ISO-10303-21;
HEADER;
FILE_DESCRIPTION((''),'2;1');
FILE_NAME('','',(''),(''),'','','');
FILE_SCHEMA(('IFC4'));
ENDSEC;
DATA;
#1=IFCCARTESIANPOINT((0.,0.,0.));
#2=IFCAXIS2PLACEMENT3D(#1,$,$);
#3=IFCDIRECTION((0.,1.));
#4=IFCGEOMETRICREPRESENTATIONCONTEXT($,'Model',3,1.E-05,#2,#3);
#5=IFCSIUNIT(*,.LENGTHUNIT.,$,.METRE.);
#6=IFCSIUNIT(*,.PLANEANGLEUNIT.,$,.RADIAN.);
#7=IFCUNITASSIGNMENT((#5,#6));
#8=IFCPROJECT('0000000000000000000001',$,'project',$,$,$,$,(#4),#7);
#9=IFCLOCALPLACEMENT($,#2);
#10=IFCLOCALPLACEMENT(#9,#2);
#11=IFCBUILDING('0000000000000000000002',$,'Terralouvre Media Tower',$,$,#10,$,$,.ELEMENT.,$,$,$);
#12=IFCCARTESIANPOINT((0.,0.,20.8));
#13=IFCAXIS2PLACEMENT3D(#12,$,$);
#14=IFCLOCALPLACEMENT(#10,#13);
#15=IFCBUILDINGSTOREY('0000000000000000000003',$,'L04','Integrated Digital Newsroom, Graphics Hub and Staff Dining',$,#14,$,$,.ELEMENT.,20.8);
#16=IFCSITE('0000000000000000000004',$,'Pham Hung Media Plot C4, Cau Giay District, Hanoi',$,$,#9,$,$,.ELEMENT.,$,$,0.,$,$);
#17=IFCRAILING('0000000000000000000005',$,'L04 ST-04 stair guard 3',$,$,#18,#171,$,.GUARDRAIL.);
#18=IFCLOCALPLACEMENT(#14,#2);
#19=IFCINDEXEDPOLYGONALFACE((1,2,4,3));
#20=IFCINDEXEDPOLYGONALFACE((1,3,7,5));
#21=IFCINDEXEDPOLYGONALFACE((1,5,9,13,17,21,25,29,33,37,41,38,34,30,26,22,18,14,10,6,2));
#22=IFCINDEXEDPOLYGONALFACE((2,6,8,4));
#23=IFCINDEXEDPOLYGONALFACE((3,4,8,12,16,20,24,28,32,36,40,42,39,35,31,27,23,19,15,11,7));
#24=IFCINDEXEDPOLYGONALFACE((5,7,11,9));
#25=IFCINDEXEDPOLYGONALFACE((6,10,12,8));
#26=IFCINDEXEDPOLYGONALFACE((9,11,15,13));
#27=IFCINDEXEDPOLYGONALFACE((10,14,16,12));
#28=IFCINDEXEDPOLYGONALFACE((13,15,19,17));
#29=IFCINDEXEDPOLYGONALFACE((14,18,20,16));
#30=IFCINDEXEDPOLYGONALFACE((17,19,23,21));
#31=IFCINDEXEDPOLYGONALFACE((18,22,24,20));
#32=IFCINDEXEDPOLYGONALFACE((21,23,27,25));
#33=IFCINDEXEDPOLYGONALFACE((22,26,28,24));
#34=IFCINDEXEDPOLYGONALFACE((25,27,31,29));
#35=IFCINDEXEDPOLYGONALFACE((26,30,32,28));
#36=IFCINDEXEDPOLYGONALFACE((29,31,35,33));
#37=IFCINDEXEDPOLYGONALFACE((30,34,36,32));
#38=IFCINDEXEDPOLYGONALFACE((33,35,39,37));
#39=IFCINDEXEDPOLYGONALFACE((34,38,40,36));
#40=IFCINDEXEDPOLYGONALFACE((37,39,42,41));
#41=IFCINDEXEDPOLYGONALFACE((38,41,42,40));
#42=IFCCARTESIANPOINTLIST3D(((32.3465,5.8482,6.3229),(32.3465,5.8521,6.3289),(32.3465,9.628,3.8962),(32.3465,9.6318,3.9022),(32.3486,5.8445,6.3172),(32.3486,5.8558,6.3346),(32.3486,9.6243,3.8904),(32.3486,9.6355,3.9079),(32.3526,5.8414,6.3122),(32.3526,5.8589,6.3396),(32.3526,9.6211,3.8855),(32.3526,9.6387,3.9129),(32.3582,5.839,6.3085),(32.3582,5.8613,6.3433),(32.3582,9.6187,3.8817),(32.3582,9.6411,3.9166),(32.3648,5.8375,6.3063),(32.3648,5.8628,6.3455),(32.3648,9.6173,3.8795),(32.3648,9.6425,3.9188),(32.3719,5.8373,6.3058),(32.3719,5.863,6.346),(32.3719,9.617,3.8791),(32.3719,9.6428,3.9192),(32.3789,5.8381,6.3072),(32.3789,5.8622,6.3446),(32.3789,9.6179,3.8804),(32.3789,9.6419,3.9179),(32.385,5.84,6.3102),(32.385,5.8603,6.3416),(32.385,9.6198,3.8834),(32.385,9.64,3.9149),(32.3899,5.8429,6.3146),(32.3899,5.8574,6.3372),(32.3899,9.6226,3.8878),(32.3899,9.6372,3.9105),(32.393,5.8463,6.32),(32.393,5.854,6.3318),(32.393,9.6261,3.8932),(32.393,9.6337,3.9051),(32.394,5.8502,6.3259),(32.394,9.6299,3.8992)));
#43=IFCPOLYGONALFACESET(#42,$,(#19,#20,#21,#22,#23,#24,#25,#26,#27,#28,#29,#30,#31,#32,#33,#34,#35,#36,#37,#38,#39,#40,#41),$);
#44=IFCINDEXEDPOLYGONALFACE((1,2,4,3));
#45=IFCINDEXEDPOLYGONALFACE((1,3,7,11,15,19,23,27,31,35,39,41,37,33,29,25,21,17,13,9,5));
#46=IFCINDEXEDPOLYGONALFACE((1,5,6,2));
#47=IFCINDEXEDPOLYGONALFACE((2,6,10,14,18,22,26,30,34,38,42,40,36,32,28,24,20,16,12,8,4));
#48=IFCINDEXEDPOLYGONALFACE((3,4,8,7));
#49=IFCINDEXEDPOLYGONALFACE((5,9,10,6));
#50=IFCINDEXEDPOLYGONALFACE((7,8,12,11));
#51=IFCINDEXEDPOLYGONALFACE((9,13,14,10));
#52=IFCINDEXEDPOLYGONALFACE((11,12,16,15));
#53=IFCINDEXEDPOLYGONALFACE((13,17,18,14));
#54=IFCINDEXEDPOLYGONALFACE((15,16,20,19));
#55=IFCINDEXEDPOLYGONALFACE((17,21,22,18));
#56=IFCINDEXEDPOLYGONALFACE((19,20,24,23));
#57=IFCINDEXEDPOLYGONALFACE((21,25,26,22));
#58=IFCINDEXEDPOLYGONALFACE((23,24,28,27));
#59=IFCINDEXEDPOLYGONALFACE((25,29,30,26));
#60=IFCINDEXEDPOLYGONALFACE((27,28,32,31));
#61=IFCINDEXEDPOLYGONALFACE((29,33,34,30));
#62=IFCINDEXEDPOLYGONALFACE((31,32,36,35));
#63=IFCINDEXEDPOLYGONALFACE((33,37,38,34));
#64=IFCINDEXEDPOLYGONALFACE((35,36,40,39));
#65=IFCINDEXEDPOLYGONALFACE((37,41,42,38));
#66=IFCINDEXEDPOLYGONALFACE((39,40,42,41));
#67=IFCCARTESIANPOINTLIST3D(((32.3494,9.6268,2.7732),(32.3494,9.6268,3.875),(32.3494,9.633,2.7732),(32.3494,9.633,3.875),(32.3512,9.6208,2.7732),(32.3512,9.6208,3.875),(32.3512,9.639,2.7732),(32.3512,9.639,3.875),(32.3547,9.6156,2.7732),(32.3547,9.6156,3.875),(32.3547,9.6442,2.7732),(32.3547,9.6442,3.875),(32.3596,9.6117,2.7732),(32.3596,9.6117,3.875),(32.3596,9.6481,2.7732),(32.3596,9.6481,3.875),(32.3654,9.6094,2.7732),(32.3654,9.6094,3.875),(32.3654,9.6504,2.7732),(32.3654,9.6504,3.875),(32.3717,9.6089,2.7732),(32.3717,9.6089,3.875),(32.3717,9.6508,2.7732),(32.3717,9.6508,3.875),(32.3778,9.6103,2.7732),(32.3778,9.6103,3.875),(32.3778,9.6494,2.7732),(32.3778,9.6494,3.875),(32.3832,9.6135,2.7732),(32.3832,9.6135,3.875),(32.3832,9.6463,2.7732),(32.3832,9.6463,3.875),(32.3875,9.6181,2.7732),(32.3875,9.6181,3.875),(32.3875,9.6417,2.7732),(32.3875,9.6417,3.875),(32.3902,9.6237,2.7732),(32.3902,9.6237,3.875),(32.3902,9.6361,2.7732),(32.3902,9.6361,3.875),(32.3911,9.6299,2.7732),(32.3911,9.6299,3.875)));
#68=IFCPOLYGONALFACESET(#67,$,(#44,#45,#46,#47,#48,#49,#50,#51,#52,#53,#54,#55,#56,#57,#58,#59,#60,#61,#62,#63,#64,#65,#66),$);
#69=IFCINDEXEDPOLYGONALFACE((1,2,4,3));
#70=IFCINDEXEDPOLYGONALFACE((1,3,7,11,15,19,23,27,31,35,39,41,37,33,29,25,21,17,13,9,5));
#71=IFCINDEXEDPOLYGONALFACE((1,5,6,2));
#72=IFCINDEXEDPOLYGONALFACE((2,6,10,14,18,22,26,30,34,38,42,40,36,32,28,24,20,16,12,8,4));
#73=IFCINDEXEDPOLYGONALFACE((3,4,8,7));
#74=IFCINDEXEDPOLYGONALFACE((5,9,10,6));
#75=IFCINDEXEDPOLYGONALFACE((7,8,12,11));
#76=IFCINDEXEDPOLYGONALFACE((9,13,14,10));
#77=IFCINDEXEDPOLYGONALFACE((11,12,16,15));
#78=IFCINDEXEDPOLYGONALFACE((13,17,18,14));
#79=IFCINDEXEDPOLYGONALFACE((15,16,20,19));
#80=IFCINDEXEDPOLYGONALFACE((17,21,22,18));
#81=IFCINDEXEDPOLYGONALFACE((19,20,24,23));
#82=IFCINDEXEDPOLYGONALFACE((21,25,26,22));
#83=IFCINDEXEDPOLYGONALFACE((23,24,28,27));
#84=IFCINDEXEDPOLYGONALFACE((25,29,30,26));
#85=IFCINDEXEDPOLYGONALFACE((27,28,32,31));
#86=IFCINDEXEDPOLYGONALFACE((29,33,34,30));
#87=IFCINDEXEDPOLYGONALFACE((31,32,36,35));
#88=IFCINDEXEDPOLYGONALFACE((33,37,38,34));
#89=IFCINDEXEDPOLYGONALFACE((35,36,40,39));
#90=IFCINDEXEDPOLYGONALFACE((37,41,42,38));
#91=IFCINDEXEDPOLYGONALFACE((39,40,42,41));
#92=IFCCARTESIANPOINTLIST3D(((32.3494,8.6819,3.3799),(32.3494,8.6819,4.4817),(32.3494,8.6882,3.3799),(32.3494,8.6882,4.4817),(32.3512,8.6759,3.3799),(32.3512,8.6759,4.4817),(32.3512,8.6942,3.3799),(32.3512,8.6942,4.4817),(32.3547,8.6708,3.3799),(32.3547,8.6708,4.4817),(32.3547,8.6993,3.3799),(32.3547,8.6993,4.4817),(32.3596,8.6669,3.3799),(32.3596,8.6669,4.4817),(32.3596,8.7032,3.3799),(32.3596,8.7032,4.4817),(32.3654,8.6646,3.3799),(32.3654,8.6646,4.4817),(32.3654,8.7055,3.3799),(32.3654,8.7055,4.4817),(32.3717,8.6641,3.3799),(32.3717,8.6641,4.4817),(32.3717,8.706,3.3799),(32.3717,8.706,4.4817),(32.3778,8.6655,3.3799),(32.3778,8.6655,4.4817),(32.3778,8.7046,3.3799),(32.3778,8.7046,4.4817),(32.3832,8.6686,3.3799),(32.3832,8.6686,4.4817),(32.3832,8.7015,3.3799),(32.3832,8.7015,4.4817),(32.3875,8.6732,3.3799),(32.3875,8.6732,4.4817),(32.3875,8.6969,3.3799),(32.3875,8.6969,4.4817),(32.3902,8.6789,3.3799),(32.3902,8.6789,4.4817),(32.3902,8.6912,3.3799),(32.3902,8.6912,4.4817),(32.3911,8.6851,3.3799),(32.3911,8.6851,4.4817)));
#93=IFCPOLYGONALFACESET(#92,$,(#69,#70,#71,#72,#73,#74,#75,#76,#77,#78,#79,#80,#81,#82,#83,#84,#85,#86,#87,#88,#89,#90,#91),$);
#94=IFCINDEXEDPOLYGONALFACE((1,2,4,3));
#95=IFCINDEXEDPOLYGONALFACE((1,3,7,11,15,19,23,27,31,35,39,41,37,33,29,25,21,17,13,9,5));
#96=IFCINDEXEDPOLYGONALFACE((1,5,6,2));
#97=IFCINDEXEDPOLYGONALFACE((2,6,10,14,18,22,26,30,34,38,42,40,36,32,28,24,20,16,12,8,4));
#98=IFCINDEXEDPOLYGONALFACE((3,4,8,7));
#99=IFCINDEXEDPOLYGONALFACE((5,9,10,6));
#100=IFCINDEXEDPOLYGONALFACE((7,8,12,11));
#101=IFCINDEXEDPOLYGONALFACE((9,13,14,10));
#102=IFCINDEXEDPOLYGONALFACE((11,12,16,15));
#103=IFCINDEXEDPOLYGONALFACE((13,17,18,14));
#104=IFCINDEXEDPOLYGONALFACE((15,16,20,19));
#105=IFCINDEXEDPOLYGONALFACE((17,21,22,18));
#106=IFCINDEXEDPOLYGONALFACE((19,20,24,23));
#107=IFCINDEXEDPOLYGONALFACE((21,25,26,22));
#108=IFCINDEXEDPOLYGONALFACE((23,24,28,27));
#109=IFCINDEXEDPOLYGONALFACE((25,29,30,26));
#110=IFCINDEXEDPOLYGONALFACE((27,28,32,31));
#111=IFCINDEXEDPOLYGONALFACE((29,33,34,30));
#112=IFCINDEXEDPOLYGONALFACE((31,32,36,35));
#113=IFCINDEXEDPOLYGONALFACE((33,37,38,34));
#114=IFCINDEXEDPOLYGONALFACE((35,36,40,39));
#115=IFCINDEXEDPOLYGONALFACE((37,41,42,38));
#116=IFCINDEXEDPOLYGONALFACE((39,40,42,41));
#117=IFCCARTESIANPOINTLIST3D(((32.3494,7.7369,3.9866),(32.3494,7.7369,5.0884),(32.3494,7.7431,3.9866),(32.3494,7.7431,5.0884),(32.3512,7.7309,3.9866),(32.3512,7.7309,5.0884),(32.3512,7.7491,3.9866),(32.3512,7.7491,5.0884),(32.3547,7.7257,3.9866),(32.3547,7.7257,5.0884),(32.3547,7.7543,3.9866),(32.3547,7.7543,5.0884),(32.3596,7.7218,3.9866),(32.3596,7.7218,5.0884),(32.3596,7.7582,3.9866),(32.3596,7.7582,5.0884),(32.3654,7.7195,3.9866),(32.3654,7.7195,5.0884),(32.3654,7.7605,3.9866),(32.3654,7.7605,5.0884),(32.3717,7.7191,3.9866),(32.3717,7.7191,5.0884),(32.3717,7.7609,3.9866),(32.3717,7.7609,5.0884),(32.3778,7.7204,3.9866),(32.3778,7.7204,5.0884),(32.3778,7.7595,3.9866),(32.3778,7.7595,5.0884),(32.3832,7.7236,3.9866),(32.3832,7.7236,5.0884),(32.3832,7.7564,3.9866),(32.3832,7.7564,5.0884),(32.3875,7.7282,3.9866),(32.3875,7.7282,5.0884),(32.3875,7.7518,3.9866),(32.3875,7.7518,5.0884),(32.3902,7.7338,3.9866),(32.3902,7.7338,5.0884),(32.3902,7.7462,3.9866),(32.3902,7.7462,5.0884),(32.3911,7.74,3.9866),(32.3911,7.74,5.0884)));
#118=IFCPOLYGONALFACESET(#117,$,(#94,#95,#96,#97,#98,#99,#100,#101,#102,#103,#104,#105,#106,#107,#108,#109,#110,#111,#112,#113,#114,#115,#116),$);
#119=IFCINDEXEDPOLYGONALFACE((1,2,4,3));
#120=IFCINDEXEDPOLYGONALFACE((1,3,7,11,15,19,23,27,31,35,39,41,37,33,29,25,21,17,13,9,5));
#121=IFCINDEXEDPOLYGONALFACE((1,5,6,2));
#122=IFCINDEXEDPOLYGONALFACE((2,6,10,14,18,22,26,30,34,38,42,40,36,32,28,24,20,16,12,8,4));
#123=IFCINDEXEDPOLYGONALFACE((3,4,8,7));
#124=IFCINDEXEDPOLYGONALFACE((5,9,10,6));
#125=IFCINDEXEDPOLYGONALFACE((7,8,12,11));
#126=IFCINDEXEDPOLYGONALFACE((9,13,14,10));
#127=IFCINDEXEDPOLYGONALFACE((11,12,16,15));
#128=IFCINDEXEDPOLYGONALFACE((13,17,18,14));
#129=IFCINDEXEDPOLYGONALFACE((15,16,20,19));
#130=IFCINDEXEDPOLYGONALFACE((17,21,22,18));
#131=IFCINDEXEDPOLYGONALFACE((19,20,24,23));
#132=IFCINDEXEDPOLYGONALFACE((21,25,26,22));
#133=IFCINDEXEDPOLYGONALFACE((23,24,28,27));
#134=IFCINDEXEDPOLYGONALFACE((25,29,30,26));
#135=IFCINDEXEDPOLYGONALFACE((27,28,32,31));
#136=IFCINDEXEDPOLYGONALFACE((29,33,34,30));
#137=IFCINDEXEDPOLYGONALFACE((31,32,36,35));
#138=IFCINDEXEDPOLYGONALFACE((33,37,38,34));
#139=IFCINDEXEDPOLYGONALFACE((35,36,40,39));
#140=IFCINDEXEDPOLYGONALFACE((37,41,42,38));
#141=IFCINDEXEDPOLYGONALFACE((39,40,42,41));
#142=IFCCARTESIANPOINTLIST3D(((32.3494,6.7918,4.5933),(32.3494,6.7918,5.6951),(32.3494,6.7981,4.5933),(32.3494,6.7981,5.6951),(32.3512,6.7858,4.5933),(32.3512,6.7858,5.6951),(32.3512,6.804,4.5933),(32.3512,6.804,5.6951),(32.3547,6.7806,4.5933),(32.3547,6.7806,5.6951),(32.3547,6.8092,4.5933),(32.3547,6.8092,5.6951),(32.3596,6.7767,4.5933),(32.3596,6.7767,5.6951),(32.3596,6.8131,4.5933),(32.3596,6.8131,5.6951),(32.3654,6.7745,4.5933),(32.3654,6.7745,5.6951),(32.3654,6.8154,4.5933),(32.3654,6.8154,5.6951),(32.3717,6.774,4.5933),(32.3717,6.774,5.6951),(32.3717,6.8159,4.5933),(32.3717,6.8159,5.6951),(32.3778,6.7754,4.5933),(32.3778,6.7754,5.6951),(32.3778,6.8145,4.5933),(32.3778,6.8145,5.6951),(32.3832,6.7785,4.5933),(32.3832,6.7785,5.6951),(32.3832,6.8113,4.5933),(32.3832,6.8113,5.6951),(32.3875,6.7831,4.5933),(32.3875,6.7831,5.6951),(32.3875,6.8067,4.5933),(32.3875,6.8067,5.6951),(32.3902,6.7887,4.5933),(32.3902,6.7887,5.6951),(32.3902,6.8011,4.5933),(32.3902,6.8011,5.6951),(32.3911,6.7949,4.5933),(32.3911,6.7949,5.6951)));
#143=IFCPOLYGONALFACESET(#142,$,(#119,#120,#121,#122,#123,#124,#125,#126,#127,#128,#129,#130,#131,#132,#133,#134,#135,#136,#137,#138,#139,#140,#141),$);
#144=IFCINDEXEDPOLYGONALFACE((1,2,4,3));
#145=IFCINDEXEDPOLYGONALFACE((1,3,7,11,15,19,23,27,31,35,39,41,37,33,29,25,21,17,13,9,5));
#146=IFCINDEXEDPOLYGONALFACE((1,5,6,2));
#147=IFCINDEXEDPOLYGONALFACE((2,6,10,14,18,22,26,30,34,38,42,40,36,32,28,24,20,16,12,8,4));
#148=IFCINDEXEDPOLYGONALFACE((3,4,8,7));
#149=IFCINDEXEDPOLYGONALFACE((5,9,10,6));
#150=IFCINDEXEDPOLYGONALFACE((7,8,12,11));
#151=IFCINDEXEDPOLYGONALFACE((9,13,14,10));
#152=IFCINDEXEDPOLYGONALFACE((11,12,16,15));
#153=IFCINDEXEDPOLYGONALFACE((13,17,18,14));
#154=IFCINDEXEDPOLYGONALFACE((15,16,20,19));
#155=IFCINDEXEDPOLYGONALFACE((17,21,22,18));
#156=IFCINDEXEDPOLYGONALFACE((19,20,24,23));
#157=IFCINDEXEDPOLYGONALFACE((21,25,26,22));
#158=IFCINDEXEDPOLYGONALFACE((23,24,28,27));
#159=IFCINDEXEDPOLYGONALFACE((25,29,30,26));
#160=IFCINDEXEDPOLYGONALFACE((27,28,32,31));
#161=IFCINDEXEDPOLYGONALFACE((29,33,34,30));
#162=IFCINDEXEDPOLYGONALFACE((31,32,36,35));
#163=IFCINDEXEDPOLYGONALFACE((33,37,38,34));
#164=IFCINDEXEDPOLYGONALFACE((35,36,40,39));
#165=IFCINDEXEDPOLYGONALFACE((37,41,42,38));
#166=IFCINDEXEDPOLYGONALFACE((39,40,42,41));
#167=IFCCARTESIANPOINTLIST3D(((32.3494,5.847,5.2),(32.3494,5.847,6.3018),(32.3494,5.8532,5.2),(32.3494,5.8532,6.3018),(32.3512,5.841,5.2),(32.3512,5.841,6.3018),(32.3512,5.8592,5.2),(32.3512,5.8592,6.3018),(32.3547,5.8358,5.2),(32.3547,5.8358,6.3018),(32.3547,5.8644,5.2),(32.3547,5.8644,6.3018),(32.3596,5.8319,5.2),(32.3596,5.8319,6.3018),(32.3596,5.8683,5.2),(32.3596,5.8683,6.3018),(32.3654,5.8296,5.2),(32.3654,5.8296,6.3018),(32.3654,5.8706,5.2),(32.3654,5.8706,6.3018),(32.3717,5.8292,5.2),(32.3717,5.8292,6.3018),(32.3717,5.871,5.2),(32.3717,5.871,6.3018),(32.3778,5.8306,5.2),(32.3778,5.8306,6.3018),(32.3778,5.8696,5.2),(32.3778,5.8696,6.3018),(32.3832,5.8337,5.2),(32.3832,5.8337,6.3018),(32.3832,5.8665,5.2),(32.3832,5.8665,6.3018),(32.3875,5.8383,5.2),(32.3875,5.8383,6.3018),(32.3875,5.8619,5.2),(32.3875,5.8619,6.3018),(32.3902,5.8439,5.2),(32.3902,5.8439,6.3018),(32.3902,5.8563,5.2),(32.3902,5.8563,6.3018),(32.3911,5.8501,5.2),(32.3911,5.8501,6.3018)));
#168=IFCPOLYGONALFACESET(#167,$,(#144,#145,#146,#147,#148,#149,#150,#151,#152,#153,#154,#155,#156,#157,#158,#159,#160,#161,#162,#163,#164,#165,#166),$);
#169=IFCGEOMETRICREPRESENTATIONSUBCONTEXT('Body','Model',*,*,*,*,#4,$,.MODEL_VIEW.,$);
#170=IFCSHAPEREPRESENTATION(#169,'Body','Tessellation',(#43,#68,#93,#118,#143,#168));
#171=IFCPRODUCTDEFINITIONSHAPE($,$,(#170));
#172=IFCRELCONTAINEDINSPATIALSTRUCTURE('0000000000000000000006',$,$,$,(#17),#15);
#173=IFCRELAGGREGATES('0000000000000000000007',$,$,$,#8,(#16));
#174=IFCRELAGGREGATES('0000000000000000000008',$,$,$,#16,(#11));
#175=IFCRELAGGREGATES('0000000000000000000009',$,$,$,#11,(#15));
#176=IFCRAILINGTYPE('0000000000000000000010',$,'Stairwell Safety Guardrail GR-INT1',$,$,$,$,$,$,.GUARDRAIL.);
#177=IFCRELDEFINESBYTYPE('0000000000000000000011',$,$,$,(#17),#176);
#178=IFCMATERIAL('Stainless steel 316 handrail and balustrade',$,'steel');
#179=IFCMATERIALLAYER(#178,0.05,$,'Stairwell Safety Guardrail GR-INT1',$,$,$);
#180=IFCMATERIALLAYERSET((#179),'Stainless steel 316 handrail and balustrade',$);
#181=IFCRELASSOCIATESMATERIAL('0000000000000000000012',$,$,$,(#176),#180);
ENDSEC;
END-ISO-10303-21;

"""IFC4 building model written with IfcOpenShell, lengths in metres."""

from ifc_helpers import new_model, si_unit, direction, frame, origin, origin_2d, place, context, subcontext, project, spatial, circle, extrude, material, layer, layer_set, type_object, element, save


model = new_model("IFC4")

# Units and contexts
model_context = context("Model", 3, precision=1e-05, world=origin(), true_north=direction((0.0, 1.0)))
body_context = subcontext(model_context, "Body", "Model", "MODEL_VIEW")
ifc_project = project(units=[si_unit("LENGTHUNIT", "METRE"), si_unit("PLANEANGLEUNIT", "RADIAN")], contexts=[model_context])

# Site, building, storey
site_placement = place(None, origin())
site = spatial("IfcSite", under=ifc_project, at=site_placement, Name="Pham Hung Media Plot C4, Cau Giay District, Hanoi", CompositionType="ELEMENT", RefElevation=0.0)
building_placement = place(site_placement, origin())
building = spatial("IfcBuilding", under=site, at=building_placement, Name="Terralouvre Media Tower", CompositionType="ELEMENT")
storey_placement = place(building_placement, frame((0.0, 0.0, 20.8)))
storey = spatial("IfcBuildingStorey", under=building, at=storey_placement, Name="L04", Description="Integrated Digital Newsroom, Graphics Hub and Staff Dining", CompositionType="ELEMENT", Elevation=20.8)

# Railing
ifc_material_1 = material(Name="Stainless steel 316 handrail and balustrade", Category="steel")
ifc_layer_1 = layer(ifc_material_1, 0.05, Name="Stairwell Safety Guardrail GR-INT1")
ifc_layer_set_1 = layer_set([ifc_layer_1], Name="Stainless steel 316 handrail and balustrade")
railing_type_1 = type_object("IfcRailingType", Name="Stairwell Safety Guardrail GR-INT1", PredefinedType="GUARDRAIL", material=ifc_layer_set_1)
railing_1_placement = place(storey_placement, frame((32.3701, 9.6299, 2.7732)))
element("IfcRailing", 1, at=railing_1_placement, inside=storey, type_object=railing_type_1, Name="L04 ST-04 stair guard 3", PredefinedType="GUARDRAIL", context=body_context, shape_type="SweptSolid", body=[
    extrude(circle(Radius=0.0239, at=origin_2d()), frame((0.0, 0.0, 1.126), z_axis=(0.0, -0.841493, 0.540269), x_axis=(1.0, 0.0, 0.0)), (0.0, 0.0, 1.0), 4.4917),
    extrude(circle(Radius=0.021, at=origin_2d()), origin(), (0.0, 0.0, 1.0), 1.1018),
    extrude(circle(Radius=0.021, at=origin_2d()), frame((0.0, -0.9448, 0.6067)), (0.0, 0.0, 1.0), 1.1018),
    extrude(circle(Radius=0.021, at=origin_2d()), frame((0.0, -1.8899, 1.2134)), (0.0, 0.0, 1.0), 1.1018),
    extrude(circle(Radius=0.021, at=origin_2d()), frame((0.0, -2.835, 1.8201)), (0.0, 0.0, 1.0), 1.1018),
    extrude(circle(Radius=0.021, at=origin_2d()), frame((0.0, -3.7798, 2.4268)), (0.0, 0.0, 1.0), 1.1018),
])

save(model, "model.ifc")
